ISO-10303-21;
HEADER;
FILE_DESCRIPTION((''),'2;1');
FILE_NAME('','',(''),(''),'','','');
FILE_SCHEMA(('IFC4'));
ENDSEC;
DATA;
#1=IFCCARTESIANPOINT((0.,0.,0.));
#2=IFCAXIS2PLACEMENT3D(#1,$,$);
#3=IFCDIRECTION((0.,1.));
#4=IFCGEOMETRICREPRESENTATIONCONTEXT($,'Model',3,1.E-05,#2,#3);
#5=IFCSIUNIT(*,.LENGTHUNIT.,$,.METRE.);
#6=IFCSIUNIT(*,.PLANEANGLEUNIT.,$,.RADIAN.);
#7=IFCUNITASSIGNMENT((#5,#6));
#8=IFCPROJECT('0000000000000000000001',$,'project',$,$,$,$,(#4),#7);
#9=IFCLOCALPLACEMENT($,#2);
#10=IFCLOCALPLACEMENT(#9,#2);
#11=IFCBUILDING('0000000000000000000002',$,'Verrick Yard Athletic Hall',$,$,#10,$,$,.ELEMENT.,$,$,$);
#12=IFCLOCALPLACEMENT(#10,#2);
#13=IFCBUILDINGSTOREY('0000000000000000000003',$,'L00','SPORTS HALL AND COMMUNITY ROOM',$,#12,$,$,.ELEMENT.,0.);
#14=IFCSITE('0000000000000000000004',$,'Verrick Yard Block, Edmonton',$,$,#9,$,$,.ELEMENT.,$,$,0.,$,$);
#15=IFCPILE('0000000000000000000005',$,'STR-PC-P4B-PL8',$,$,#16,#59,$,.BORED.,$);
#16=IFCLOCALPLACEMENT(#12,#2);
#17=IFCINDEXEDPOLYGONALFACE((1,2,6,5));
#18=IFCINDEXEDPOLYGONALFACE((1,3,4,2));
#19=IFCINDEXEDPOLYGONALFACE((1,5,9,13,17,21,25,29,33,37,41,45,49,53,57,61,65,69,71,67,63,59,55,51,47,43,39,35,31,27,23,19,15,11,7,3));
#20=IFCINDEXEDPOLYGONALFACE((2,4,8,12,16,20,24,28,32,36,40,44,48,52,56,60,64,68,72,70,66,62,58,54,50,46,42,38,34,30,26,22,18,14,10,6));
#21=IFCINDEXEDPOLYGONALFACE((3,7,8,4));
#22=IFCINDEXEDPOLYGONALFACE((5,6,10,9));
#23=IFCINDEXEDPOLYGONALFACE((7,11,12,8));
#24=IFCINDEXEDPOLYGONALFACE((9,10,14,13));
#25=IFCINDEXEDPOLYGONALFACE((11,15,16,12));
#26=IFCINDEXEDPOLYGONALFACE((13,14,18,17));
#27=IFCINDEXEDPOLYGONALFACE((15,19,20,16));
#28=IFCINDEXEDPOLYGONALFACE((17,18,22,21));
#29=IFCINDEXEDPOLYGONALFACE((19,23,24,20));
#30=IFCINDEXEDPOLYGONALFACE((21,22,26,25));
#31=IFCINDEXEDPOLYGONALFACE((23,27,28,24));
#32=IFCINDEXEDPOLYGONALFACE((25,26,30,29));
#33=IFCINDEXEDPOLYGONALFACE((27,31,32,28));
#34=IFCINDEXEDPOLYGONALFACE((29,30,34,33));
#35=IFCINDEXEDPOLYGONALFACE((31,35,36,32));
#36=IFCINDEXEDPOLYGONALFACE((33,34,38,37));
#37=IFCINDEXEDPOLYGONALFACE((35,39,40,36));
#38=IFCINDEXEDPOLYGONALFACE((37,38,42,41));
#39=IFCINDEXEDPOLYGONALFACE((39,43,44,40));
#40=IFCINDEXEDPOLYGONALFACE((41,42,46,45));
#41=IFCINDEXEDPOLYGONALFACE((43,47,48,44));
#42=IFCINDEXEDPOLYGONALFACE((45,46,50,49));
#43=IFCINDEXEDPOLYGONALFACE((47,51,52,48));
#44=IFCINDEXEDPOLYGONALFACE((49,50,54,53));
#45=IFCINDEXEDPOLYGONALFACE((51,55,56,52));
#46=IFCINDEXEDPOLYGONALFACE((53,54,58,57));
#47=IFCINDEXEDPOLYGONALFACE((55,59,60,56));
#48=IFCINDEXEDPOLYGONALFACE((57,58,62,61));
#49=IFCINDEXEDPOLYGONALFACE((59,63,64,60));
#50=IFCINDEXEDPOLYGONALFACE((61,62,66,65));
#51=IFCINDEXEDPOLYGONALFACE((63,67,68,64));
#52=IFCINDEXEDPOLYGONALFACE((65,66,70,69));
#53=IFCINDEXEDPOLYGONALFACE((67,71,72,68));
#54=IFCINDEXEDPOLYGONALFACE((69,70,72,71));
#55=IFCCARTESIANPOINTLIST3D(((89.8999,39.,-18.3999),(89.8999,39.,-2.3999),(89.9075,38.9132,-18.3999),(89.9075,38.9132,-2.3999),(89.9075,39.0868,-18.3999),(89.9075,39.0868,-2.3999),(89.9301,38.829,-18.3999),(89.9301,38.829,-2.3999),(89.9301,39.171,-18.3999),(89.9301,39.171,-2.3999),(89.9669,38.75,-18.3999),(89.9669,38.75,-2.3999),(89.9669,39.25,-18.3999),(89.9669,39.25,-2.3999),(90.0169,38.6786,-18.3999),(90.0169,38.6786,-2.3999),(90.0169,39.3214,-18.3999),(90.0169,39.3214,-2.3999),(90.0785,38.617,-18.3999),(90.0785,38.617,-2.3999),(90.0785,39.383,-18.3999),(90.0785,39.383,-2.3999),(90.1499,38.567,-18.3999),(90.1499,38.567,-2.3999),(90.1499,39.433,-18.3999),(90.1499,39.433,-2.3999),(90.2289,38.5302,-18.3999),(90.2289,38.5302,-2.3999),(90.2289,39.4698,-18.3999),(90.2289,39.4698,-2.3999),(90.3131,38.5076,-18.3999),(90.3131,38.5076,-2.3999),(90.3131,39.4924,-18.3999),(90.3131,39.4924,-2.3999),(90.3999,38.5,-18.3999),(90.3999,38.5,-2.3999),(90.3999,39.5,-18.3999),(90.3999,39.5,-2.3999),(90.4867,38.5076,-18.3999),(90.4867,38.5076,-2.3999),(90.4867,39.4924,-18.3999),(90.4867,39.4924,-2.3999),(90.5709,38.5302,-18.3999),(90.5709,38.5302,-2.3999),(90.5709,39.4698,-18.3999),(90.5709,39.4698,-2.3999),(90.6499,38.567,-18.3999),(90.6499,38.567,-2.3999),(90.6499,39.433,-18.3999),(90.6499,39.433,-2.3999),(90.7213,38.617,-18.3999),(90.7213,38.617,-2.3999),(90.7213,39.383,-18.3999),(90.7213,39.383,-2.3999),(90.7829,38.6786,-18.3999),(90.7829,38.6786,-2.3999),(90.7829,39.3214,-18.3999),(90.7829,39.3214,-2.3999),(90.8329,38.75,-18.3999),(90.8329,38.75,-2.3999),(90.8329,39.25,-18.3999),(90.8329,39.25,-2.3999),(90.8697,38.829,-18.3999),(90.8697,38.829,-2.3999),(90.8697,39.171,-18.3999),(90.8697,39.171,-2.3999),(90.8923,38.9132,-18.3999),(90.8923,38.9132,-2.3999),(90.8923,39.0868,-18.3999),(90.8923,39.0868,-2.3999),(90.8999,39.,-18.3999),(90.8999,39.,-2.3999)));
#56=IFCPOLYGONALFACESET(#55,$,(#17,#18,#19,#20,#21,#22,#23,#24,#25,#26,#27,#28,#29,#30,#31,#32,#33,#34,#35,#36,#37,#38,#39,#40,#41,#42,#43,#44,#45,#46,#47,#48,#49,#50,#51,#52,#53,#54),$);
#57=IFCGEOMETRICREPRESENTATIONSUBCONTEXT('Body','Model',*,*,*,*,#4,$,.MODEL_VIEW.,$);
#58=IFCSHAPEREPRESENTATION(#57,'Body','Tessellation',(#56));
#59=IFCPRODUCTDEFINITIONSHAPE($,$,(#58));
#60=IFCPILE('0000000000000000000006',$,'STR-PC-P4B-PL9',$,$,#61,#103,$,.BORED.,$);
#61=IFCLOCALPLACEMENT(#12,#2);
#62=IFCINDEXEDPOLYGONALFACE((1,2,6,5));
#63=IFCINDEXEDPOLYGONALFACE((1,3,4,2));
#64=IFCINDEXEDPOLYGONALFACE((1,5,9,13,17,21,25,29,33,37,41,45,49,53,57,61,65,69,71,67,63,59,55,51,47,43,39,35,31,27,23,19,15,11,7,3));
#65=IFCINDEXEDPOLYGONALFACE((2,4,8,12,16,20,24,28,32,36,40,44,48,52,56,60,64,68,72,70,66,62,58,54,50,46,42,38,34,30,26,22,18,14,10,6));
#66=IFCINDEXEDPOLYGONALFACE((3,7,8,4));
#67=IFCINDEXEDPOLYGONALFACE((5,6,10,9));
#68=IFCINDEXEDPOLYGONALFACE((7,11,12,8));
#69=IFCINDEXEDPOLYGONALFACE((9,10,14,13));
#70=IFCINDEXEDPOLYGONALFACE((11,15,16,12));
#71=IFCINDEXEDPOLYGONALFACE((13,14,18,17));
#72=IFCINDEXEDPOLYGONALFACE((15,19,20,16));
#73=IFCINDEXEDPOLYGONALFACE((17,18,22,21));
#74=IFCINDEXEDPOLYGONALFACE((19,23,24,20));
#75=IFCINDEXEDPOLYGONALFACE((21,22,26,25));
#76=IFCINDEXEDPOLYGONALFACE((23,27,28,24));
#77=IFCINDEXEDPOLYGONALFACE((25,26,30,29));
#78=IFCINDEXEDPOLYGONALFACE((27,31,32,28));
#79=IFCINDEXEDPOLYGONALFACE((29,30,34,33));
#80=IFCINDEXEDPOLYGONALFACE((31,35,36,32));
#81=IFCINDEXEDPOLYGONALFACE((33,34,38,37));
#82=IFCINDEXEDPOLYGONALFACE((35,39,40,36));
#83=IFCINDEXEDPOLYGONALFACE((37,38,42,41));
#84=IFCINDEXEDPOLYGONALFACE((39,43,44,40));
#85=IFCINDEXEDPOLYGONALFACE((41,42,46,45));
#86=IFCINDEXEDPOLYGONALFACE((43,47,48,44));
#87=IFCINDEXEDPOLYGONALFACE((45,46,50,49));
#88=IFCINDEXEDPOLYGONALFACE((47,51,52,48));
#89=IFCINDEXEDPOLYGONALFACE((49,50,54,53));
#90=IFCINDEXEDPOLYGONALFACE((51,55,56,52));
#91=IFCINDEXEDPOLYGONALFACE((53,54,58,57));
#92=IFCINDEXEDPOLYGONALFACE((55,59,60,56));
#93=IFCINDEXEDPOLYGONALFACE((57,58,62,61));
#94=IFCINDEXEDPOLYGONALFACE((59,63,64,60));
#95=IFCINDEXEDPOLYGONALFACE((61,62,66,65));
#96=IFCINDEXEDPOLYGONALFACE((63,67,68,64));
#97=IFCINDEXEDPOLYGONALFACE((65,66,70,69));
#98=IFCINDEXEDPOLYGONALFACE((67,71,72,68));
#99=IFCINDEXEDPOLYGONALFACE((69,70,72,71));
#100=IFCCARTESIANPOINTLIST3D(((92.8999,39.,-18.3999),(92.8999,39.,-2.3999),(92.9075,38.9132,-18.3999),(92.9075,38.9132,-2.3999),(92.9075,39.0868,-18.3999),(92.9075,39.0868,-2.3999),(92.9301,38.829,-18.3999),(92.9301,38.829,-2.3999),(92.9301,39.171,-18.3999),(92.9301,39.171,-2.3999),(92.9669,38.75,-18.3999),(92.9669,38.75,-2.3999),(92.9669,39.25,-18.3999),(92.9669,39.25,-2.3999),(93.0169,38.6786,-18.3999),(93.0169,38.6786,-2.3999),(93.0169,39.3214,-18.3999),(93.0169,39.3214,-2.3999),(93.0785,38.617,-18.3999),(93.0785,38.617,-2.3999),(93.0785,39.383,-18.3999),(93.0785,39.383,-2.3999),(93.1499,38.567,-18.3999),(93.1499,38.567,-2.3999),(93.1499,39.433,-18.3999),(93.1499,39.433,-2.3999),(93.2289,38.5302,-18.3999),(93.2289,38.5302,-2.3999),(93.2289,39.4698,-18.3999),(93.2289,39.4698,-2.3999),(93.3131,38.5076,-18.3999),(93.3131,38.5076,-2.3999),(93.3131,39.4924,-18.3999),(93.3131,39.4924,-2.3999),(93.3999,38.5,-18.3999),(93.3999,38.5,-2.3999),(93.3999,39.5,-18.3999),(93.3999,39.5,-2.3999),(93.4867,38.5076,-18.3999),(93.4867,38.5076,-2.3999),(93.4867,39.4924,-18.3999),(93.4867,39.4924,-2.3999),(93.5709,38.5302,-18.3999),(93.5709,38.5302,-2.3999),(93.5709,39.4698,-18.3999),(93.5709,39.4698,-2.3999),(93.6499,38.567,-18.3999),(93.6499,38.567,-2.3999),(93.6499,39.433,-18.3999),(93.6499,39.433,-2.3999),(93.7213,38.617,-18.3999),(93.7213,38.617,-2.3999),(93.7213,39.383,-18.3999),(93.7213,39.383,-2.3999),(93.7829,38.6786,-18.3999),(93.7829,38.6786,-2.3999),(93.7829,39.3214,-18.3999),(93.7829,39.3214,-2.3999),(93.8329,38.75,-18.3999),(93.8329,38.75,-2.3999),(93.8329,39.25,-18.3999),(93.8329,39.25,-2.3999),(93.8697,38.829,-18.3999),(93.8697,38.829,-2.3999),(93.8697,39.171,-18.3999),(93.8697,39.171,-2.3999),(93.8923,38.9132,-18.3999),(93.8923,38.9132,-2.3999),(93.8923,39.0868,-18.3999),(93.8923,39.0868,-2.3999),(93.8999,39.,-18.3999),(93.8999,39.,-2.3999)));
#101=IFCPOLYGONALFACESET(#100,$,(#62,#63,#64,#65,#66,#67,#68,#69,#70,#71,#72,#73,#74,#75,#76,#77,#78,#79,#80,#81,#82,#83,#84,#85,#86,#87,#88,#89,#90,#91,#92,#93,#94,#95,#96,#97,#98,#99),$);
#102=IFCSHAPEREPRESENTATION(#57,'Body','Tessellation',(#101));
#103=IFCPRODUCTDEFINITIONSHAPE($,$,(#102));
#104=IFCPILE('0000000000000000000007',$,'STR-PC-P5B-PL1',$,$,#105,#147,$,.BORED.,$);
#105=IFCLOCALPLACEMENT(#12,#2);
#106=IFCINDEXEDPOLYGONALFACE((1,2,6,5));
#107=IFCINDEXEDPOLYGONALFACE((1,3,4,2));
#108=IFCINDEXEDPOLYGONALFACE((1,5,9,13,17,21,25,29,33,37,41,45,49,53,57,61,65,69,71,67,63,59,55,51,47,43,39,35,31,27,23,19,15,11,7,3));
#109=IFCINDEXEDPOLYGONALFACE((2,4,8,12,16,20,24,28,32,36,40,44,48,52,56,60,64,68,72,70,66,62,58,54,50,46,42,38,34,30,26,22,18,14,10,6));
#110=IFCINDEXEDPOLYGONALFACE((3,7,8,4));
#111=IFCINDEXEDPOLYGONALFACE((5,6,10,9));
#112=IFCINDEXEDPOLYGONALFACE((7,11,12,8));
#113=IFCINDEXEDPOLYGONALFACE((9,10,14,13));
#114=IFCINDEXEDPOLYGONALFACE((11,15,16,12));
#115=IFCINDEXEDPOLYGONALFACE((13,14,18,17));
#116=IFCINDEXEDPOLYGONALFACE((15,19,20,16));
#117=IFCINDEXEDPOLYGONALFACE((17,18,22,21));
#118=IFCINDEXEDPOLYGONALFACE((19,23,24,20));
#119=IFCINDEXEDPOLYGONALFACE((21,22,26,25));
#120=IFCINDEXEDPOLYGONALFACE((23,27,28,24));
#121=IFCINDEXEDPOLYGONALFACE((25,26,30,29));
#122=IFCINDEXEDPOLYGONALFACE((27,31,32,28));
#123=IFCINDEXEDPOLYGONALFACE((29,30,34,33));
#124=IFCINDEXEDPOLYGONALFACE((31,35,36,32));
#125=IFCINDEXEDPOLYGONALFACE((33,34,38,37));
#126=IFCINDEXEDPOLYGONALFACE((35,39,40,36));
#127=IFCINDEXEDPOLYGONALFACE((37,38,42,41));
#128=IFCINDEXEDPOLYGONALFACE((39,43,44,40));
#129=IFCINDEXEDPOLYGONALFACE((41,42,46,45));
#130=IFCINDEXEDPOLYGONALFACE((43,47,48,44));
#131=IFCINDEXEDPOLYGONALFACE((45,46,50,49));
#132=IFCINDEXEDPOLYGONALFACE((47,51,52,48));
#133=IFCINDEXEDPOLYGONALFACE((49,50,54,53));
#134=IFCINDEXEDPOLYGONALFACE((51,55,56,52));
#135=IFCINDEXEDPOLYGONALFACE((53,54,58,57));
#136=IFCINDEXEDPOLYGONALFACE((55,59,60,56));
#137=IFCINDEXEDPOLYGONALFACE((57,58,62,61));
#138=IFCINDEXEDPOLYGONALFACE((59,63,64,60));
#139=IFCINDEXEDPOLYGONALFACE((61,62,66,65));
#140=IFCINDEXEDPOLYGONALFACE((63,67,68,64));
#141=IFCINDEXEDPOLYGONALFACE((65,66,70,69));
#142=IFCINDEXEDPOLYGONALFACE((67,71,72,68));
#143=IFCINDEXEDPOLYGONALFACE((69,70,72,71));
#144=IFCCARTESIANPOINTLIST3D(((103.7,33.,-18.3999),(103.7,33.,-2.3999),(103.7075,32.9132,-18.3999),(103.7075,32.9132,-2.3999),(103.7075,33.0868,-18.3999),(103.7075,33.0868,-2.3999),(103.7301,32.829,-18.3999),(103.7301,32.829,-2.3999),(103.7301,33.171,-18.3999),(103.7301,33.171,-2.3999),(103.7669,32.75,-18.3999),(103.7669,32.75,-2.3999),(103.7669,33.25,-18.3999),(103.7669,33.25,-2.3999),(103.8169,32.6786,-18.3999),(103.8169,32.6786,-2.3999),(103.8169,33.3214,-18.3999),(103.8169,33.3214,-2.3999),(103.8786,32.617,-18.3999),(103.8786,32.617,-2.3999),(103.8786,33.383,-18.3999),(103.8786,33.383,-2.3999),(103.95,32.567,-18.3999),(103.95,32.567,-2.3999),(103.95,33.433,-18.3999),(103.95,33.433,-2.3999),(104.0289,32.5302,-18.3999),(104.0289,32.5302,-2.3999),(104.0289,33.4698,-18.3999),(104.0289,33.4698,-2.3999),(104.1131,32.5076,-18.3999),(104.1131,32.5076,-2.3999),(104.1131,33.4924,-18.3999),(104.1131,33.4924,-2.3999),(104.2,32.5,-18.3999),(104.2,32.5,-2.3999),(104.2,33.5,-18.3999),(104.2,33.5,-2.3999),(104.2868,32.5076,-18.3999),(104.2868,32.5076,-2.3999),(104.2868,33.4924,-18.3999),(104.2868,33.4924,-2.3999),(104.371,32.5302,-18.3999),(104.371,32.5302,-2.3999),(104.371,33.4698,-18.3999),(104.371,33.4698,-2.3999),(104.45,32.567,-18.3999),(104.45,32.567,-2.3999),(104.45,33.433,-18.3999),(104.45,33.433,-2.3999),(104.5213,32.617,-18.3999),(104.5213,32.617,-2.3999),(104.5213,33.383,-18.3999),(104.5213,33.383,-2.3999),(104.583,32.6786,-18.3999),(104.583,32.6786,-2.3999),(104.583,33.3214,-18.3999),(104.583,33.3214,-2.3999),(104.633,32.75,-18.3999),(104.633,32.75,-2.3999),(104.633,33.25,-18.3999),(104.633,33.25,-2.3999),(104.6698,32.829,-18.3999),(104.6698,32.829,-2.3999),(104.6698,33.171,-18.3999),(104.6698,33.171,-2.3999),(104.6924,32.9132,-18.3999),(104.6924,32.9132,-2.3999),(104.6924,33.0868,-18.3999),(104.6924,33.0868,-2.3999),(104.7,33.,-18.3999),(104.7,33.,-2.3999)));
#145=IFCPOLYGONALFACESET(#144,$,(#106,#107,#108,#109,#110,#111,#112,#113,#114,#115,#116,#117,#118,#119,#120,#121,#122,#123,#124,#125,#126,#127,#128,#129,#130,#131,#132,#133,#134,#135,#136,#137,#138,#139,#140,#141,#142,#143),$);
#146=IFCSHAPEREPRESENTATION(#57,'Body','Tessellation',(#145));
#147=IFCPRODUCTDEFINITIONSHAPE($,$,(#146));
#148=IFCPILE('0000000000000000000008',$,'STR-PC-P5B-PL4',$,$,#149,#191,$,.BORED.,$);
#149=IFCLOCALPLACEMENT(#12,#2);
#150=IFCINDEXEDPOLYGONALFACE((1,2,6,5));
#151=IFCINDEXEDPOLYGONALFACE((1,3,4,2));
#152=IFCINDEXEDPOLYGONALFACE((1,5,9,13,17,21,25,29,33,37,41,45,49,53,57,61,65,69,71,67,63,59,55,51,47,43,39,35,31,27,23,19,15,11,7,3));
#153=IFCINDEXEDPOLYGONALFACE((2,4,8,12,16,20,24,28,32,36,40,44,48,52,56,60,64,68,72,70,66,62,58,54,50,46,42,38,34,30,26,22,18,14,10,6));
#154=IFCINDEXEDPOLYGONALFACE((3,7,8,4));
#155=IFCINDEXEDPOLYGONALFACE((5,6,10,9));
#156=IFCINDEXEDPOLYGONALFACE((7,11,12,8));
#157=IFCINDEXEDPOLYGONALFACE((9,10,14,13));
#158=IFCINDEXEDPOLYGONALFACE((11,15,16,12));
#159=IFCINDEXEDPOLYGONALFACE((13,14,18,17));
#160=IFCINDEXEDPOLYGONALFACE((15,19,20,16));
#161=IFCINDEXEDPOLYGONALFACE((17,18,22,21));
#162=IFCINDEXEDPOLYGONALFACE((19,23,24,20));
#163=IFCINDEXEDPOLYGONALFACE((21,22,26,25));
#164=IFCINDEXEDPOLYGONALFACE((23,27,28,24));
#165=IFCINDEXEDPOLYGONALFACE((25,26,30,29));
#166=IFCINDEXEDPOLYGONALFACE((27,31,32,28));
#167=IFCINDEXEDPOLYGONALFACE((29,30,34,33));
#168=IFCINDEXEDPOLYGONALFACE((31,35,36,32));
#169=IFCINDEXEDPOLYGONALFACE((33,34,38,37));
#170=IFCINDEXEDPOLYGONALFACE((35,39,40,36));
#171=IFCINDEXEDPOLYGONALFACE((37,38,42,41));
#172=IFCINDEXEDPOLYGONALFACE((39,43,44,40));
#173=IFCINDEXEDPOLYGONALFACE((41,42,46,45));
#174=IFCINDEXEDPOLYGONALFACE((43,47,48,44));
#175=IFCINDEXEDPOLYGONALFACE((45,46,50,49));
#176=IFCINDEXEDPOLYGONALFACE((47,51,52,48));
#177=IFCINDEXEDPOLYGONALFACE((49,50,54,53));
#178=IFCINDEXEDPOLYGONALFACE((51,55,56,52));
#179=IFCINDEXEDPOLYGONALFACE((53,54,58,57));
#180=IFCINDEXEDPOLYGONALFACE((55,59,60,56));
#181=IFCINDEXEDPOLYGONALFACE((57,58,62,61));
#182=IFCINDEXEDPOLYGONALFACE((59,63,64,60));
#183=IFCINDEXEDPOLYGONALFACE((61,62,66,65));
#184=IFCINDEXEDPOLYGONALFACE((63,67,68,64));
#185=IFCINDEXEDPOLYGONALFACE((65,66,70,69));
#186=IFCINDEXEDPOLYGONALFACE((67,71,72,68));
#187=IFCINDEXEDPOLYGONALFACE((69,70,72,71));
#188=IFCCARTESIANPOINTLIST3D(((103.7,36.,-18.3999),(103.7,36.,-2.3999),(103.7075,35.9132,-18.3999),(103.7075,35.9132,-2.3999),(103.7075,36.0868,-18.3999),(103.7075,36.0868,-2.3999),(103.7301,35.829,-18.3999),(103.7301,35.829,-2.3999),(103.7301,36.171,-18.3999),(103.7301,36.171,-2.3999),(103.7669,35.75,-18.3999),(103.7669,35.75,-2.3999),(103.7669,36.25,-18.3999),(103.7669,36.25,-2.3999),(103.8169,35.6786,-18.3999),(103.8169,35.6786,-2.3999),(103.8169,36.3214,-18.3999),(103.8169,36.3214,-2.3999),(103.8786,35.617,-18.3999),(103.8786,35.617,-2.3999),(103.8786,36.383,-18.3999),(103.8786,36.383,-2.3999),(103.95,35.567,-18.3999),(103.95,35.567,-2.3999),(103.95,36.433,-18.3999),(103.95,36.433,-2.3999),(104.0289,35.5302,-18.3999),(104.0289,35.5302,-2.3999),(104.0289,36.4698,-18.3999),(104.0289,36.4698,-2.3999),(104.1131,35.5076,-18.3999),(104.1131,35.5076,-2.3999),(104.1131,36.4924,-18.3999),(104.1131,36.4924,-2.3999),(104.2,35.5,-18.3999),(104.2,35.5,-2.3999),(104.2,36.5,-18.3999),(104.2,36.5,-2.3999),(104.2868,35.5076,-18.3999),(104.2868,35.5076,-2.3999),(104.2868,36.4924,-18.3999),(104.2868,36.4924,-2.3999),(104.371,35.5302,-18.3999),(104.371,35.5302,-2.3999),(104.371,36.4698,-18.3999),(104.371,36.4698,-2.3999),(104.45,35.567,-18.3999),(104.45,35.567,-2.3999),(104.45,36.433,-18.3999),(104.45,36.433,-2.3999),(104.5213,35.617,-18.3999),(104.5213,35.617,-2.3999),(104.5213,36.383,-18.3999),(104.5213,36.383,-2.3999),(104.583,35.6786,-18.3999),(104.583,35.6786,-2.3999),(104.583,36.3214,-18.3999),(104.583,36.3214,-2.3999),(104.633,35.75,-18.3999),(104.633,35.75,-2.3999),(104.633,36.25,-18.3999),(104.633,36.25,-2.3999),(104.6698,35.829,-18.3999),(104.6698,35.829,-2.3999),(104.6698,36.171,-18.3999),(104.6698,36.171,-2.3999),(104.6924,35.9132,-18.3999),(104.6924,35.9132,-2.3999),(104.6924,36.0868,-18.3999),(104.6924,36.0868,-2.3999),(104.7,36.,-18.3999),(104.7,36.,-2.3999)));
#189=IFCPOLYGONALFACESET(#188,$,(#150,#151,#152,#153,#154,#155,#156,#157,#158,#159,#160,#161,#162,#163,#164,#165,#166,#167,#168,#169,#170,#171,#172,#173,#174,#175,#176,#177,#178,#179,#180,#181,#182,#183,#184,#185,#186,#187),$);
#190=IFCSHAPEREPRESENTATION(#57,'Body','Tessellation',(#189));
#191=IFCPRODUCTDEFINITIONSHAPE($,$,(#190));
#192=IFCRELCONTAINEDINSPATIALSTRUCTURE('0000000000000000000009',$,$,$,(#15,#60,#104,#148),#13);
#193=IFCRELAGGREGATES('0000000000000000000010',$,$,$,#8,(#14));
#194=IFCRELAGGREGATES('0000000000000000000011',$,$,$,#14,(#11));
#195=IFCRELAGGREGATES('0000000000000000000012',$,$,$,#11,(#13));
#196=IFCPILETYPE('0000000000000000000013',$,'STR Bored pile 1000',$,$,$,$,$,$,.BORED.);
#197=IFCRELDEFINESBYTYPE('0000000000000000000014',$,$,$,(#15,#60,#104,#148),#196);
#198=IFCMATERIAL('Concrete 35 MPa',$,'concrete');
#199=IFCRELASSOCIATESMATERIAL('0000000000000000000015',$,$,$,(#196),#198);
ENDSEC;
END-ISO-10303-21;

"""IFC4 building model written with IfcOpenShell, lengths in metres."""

from ifc_helpers import new_model, si_unit, direction, frame, origin, origin_2d, place, context, subcontext, project, spatial, circle, extrude, material, type_object, element, save


model = new_model("IFC4")

# Units and contexts
model_context = context("Model", 3, precision=1e-05, world=origin(), true_north=direction((0.0, 1.0)))
body_context = subcontext(model_context, "Body", "Model", "MODEL_VIEW")
ifc_project = project(units=[si_unit("LENGTHUNIT", "METRE"), si_unit("PLANEANGLEUNIT", "RADIAN")], contexts=[model_context])

# Site, building, storey
site_placement = place(None, origin())
site = spatial("IfcSite", under=ifc_project, at=site_placement, Name="Verrick Yard Block, Edmonton", CompositionType="ELEMENT", RefElevation=0.0)
building_placement = place(site_placement, origin())
building = spatial("IfcBuilding", under=site, at=building_placement, Name="Verrick Yard Athletic Hall", CompositionType="ELEMENT")
storey_placement = place(building_placement, origin())
storey = spatial("IfcBuildingStorey", under=building, at=storey_placement, Name="L00", Description="SPORTS HALL AND COMMUNITY ROOM", CompositionType="ELEMENT", Elevation=0.0)

# Piles
ifc_material_1 = material(Name="Concrete 35 MPa", Category="concrete")
pile_type = type_object("IfcPileType", Name="STR Bored pile 1000", PredefinedType="BORED", material=ifc_material_1)
for number, where, z_axis, x_axis, name in (
    (1, (90.3999, 39.0, -2.3999), (0.0, 0.0, -1.0), (1.0, 0.0, 0.0), "STR-PC-P4B-PL8"),
    (2, (93.3999, 39.0, -2.3999), (0.0, 0.0, -1.0), (1.0, 0.0, 0.0), "STR-PC-P4B-PL9"),
    (3, (104.2, 33.0, -2.3999), (0.0, 0.0, -1.0), (1.0, 0.0, 0.0), "STR-PC-P5B-PL1"),
    (4, (104.2, 36.0, -2.3999), (0.0, 0.0, -1.0), (1.0, 0.0, 0.0), "STR-PC-P5B-PL4"),
):
    element("IfcPile", number, at=place(storey_placement, frame(where, z_axis=z_axis, x_axis=x_axis)), inside=storey, type_object=pile_type, Name=name, PredefinedType="BORED", context=body_context, shape_type="SweptSolid", body=[
        extrude(circle(Radius=0.5, at=origin_2d()), origin(), (0.0, 0.0, 1.0), 16.0),
    ])

save(model, "model.ifc")
